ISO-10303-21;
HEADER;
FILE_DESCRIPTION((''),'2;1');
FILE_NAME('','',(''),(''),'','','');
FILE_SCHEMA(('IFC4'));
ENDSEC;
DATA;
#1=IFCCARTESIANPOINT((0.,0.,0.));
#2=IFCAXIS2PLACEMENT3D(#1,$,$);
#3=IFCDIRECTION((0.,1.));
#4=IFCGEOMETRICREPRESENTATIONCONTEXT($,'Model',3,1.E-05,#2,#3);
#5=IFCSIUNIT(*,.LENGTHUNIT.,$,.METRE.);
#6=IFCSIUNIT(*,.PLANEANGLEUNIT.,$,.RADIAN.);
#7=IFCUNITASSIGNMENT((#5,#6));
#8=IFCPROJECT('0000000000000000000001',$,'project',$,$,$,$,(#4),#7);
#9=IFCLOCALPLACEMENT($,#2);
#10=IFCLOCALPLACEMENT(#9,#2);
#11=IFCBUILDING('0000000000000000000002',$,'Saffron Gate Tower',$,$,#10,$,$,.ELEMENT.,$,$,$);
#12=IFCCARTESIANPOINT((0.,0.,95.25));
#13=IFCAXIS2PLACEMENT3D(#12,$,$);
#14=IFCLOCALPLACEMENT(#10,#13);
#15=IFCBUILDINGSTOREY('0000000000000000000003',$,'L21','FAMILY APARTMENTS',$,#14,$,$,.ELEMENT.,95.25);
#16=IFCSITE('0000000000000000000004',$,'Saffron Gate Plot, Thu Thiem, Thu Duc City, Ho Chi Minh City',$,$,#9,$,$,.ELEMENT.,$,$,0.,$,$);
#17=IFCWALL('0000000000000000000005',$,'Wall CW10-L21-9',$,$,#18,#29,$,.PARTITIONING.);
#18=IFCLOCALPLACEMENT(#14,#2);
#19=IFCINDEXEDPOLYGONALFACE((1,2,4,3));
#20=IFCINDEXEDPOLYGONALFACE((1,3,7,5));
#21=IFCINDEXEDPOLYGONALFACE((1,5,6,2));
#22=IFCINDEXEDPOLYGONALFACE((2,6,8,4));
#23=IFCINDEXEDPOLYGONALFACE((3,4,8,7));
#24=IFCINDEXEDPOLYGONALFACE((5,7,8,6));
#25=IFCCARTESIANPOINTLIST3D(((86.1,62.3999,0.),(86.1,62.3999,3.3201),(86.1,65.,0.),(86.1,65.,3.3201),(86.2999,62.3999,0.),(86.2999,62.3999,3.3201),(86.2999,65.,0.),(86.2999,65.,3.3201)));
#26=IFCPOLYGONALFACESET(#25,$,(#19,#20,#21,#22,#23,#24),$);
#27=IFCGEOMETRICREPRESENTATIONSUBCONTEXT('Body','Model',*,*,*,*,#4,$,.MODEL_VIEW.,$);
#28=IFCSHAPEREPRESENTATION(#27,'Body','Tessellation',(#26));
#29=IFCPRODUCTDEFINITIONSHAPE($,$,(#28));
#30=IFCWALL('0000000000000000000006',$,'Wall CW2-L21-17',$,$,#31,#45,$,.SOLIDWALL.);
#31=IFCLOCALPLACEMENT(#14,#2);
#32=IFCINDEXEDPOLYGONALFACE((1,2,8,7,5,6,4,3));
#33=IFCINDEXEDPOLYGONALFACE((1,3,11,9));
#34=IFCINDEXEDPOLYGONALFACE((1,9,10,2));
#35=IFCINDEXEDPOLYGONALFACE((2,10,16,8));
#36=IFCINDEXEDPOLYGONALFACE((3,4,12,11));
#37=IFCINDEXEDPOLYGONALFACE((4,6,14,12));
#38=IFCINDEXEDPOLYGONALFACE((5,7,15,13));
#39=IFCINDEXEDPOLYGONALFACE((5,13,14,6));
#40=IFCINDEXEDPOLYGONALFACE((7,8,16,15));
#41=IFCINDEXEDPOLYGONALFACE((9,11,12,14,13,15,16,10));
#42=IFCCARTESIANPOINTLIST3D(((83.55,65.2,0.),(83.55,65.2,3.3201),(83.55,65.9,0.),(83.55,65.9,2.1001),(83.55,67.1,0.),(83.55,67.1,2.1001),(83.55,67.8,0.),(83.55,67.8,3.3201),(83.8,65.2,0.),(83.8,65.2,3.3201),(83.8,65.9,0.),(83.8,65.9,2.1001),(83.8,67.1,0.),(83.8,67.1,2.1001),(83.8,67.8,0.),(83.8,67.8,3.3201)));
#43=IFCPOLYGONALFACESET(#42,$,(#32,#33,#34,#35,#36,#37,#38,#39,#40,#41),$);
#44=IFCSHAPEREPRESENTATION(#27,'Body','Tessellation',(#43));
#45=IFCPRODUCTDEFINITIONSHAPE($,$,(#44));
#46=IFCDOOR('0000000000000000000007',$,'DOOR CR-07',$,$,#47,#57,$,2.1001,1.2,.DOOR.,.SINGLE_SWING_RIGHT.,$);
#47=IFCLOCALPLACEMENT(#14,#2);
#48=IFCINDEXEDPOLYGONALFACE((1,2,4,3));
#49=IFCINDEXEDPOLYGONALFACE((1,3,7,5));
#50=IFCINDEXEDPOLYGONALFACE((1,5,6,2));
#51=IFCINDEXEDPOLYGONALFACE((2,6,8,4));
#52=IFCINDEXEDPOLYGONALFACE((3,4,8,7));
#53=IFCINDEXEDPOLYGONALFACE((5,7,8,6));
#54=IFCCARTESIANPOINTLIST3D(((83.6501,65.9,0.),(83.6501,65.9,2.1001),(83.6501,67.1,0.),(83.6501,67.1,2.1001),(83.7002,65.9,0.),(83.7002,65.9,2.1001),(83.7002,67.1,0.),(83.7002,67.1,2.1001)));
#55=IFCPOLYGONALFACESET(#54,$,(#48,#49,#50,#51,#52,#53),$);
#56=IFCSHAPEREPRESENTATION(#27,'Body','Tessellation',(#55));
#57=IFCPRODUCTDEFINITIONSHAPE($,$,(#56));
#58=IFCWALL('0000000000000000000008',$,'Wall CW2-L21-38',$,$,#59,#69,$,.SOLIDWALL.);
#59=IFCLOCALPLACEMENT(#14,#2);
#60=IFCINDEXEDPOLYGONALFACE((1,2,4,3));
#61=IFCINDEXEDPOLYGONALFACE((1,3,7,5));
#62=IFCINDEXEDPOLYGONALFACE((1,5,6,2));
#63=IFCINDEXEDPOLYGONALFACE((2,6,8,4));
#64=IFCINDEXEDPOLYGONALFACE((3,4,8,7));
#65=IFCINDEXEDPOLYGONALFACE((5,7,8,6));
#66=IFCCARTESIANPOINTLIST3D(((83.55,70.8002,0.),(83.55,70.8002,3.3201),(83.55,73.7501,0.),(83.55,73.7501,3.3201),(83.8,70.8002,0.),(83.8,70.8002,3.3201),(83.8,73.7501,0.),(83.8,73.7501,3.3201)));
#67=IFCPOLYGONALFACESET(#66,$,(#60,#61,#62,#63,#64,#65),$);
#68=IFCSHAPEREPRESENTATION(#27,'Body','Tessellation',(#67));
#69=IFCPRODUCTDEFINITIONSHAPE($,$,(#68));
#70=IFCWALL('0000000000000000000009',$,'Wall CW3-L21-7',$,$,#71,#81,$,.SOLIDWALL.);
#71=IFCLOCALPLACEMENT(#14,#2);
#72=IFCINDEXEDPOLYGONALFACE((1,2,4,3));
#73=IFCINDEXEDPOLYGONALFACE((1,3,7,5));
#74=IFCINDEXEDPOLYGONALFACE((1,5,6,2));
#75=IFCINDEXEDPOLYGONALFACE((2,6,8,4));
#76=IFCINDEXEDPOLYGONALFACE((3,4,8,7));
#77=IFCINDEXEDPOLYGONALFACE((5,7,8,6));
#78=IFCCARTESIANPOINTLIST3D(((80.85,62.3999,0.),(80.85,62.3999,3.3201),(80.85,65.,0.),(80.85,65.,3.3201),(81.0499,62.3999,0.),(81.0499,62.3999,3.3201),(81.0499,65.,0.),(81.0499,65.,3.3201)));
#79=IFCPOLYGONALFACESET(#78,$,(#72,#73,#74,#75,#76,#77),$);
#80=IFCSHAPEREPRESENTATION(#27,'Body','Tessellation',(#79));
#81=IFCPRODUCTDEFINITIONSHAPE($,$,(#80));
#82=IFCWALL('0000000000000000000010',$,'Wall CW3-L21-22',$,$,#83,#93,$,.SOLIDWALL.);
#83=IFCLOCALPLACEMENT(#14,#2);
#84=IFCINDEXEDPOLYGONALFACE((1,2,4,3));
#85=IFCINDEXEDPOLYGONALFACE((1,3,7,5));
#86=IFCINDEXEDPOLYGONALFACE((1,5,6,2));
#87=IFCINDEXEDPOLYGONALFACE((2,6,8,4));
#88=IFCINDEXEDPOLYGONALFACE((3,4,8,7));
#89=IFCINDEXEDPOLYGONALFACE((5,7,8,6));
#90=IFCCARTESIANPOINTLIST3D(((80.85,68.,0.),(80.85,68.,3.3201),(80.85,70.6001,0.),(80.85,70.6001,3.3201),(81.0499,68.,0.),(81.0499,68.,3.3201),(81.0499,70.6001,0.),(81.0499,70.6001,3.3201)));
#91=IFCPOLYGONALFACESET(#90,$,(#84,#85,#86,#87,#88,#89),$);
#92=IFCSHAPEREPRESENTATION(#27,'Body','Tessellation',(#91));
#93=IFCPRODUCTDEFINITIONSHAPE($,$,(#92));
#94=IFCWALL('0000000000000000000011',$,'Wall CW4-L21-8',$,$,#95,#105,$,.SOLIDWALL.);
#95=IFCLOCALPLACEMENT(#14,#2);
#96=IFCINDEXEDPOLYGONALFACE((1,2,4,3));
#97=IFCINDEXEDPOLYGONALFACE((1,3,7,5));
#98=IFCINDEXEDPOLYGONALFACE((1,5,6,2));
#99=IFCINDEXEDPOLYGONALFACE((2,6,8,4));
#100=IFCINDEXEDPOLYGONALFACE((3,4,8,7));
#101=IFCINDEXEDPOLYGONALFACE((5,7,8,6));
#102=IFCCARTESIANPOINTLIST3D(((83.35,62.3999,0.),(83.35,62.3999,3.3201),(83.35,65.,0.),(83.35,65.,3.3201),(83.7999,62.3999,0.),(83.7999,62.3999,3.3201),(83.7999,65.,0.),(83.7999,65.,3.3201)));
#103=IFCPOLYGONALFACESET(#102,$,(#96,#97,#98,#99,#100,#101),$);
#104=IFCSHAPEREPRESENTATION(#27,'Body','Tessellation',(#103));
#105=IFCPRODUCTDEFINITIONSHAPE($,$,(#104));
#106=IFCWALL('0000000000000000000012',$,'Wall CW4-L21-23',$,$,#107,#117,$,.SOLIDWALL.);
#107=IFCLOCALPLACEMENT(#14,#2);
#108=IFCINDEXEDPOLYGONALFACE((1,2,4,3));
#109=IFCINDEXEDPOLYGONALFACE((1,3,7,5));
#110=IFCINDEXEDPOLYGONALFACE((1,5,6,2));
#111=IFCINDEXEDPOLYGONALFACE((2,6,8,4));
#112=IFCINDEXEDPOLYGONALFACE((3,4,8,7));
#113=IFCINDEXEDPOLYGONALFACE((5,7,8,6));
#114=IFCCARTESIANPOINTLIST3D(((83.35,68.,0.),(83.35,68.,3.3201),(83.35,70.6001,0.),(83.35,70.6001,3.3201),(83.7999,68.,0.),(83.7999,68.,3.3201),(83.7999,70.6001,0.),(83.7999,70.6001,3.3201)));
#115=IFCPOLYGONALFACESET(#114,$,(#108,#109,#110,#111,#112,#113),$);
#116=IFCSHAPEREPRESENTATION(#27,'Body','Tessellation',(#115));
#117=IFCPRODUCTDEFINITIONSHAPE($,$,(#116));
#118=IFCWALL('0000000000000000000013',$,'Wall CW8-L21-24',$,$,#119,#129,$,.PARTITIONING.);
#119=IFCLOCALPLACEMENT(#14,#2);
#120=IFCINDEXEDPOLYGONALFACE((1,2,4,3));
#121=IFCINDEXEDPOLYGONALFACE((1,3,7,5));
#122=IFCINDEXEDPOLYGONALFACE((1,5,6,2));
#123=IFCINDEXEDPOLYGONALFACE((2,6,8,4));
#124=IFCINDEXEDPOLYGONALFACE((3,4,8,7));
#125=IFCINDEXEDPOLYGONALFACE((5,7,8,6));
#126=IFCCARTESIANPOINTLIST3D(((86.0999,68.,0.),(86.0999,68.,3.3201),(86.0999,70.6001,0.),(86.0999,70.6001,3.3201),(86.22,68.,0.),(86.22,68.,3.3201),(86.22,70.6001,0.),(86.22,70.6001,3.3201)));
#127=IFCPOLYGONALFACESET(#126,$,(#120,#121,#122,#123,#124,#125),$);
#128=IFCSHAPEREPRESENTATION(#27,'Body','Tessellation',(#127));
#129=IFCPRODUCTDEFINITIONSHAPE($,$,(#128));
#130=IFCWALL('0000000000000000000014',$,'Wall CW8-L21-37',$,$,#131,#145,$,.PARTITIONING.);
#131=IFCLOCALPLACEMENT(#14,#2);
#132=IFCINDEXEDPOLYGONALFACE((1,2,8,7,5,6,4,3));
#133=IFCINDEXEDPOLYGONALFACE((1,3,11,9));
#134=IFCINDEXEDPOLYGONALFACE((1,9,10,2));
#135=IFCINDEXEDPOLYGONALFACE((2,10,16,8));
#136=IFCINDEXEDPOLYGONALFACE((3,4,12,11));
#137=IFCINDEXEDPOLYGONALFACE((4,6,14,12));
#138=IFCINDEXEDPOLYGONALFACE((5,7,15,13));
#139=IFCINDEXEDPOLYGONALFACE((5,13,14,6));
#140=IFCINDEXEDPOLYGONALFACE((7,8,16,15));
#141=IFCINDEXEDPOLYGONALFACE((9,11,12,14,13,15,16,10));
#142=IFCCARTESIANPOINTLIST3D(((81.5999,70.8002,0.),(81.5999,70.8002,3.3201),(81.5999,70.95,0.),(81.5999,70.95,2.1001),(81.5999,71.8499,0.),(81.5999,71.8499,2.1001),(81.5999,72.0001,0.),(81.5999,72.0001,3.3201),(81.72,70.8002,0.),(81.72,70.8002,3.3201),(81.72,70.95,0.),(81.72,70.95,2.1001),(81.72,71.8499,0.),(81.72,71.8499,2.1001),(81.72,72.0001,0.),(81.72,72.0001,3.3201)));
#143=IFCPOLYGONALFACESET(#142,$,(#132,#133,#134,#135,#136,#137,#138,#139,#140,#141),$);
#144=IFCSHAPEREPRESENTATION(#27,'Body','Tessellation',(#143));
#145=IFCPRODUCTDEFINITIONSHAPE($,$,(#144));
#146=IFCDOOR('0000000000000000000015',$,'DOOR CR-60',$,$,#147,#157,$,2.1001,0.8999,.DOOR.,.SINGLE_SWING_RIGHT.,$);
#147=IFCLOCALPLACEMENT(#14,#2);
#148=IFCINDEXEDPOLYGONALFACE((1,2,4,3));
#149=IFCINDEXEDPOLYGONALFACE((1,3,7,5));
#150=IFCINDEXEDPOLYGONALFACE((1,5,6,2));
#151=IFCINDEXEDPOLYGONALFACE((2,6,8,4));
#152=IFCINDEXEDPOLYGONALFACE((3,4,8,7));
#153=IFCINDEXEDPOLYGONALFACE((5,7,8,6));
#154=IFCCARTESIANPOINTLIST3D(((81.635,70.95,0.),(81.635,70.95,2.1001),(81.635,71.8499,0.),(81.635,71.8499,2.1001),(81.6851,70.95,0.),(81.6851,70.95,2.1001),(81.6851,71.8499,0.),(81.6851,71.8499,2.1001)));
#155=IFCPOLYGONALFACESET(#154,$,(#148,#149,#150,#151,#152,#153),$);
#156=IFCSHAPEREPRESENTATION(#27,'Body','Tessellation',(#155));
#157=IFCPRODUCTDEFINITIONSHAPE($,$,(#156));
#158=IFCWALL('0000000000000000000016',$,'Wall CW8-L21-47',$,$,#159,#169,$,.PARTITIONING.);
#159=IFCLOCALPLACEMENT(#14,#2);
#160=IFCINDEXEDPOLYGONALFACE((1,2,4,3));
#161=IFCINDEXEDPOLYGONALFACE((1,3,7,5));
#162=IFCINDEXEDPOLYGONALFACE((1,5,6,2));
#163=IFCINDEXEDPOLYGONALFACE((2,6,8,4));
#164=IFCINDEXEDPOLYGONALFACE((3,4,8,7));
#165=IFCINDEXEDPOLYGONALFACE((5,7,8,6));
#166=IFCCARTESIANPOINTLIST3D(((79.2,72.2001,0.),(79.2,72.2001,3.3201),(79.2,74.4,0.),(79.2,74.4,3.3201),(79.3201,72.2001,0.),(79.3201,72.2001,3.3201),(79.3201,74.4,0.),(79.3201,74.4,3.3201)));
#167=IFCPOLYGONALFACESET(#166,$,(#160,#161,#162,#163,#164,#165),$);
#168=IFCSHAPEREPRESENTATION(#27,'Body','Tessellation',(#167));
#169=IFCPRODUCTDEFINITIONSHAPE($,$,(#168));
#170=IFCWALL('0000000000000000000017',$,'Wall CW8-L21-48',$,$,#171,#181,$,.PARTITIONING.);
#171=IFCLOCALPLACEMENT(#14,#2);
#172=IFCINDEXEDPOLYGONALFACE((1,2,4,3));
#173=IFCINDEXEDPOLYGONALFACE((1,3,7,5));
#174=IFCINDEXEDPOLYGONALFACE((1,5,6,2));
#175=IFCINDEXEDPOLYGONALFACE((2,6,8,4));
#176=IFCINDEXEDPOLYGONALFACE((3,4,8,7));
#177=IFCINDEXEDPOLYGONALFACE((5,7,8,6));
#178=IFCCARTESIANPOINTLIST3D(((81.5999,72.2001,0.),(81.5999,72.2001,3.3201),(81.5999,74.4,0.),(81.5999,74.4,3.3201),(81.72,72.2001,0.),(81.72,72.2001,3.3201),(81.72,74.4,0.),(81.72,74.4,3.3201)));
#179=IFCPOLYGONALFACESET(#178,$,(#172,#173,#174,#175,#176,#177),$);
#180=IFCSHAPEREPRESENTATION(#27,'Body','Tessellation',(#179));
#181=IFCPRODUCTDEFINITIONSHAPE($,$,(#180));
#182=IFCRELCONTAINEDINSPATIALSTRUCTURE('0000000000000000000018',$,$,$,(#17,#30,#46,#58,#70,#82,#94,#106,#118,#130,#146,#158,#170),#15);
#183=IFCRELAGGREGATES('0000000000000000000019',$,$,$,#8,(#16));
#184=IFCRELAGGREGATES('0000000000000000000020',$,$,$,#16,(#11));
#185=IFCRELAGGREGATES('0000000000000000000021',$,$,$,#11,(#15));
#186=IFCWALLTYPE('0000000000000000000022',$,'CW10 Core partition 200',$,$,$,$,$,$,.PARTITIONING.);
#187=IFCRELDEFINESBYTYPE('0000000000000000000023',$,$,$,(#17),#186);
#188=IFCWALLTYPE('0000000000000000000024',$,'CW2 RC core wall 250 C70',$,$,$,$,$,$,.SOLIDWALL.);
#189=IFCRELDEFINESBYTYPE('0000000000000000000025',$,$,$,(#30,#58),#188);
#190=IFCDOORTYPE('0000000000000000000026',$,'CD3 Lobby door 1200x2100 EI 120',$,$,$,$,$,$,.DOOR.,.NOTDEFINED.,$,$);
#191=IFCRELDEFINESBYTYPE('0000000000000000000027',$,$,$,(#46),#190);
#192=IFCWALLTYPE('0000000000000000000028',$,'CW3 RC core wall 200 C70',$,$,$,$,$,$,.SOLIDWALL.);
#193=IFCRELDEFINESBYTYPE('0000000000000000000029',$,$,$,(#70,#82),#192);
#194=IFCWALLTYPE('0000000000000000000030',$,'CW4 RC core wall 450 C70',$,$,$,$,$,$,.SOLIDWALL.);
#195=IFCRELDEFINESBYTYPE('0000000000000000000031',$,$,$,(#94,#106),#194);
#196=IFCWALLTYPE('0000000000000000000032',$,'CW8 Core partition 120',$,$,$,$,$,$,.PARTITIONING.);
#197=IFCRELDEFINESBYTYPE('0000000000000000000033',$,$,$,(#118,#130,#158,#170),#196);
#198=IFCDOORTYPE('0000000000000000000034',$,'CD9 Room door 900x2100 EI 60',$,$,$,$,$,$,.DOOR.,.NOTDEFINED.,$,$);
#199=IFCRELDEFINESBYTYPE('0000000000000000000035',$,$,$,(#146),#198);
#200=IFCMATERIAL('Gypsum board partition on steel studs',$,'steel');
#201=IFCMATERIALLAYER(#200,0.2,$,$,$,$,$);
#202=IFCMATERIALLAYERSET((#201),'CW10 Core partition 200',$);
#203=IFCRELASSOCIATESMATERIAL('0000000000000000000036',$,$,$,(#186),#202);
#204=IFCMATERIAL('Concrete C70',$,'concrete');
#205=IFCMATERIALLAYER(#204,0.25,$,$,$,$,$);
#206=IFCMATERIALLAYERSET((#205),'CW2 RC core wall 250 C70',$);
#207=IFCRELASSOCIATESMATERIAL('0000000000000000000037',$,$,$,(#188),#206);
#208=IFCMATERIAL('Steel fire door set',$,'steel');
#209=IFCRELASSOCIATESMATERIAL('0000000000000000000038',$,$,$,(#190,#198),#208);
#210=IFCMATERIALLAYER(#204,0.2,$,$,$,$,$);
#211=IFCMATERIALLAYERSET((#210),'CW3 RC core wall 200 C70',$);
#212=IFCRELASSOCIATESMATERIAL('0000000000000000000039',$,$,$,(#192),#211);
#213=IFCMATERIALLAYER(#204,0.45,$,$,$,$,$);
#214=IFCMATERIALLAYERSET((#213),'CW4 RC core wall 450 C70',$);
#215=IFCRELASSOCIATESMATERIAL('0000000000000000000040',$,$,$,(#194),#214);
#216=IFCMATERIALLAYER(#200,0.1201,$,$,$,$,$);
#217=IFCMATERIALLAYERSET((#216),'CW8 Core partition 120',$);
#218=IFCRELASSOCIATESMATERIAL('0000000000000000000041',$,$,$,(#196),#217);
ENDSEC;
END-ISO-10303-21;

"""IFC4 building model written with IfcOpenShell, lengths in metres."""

from ifc_helpers import new_model, si_unit, direction, frame, frame_2d, origin, place, context, subcontext, project, spatial, rectangle, extrude, material, layer, layer_set, type_object, element, fill, save


model = new_model("IFC4")

# Units and contexts
model_context = context("Model", 3, precision=1e-05, world=origin(), true_north=direction((0.0, 1.0)))
body_context = subcontext(model_context, "Body", "Model", "MODEL_VIEW")
ifc_project = project(units=[si_unit("LENGTHUNIT", "METRE"), si_unit("PLANEANGLEUNIT", "RADIAN")], contexts=[model_context])

# Site, building, storey
site_placement = place(None, origin())
site = spatial("IfcSite", under=ifc_project, at=site_placement, Name="Saffron Gate Plot, Thu Thiem, Thu Duc City, Ho Chi Minh City", CompositionType="ELEMENT", RefElevation=0.0)
building_placement = place(site_placement, origin())
building = spatial("IfcBuilding", under=site, at=building_placement, Name="Saffron Gate Tower", CompositionType="ELEMENT")
storey_placement = place(building_placement, frame((0.0, 0.0, 95.25)))
storey = spatial("IfcBuildingStorey", under=building, at=storey_placement, Name="L21", Description="FAMILY APARTMENTS", CompositionType="ELEMENT", Elevation=95.25)

# Wall
ifc_material_1 = material(Name="Gypsum board partition on steel studs", Category="steel")
ifc_layer_1 = layer(ifc_material_1, 0.2)
ifc_layer_set_1 = layer_set([ifc_layer_1], Name="CW10 Core partition 200")
wall_type_1 = type_object("IfcWallType", Name="CW10 Core partition 200", PredefinedType="PARTITIONING", material=ifc_layer_set_1)
wall_1_placement = place(storey_placement, frame((86.2, 62.3999, 0.0), z_axis=(0.0, 0.0, 1.0), x_axis=(0.0, 1.0, 0.0)))
element("IfcWall", 1, at=wall_1_placement, inside=storey, type_object=wall_type_1, Name="Wall CW10-L21-9", PredefinedType="PARTITIONING", context=body_context, shape_type="SweptSolid", body=[
    extrude(rectangle(XDim=2.6001, YDim=0.2, at=frame_2d((1.3, 0.0))), origin(), (0.0, 0.0, 1.0), 3.3201),
])

# Wall, opening, door
ifc_material_2 = material(Name="Concrete C70", Category="concrete")
ifc_layer_2 = layer(ifc_material_2, 0.25)
ifc_layer_set_2 = layer_set([ifc_layer_2], Name="CW2 RC core wall 250 C70")
wall_type_2 = type_object("IfcWallType", Name="CW2 RC core wall 250 C70", PredefinedType="SOLIDWALL", material=ifc_layer_set_2)
wall_2_placement = place(storey_placement, frame((83.675, 65.2, 0.0), z_axis=(0.0, 0.0, 1.0), x_axis=(0.0, 1.0, 0.0)))
wall_2 = element("IfcWall", 2, at=wall_2_placement, inside=storey, type_object=wall_type_2, Name="Wall CW2-L21-17", PredefinedType="SOLIDWALL", context=body_context, shape_type="SweptSolid", body=[
    extrude(rectangle(XDim=2.6001, YDim=0.25, at=frame_2d((1.3, 0.0))), origin(), (0.0, 0.0, 1.0), 3.3201),
])
opening_1_placement = place(wall_2_placement, frame((0.7, 0.0, 0.0)))
opening_1 = element("IfcOpeningElement", 3, at=opening_1_placement, cuts=wall_2, PredefinedType="OPENING", context=body_context, shape_type="SweptSolid", body=[
    extrude(rectangle(XDim=1.2, YDim=2.1001, at=frame_2d((0.6001, 1.05))), frame((0.0, 0.135, 0.0), z_axis=(0.0, -1.0, 0.0), x_axis=(1.0, 0.0, 0.0)), (0.0, 0.0, 1.0), 0.27),
])
ifc_material_3 = material(Name="Steel fire door set", Category="steel")
door_type_1 = type_object("IfcDoorType", Name="CD3 Lobby door 1200x2100 EI 120", OperationType="NOTDEFINED", PredefinedType="DOOR", material=ifc_material_3)
door_1_placement = place(opening_1_placement, origin())
door_1 = element("IfcDoor", 4, at=door_1_placement, inside=storey, type_object=door_type_1, Name="DOOR CR-07", OperationType="SINGLE_SWING_RIGHT", OverallHeight=2.1001, OverallWidth=1.2, PredefinedType="DOOR", context=body_context, shape_type="SweptSolid", body=[
    extrude(rectangle(XDim=1.2, YDim=2.1001, at=frame_2d((0.6001, 1.05))), frame((0.0, 0.0249, 0.0), z_axis=(0.0, -1.0, 0.0), x_axis=(1.0, 0.0, 0.0)), (0.0, 0.0, 1.0), 0.05),
])
fill(opening_1, door_1)

# Walls
wall_3_placement = place(storey_placement, frame((83.675, 70.8, 0.0), z_axis=(0.0, 0.0, 1.0), x_axis=(0.0, 1.0, 0.0)))
element("IfcWall", 5, at=wall_3_placement, inside=storey, type_object=wall_type_2, Name="Wall CW2-L21-38", PredefinedType="SOLIDWALL", context=body_context, shape_type="SweptSolid", body=[
    extrude(rectangle(XDim=2.95, YDim=0.25, at=frame_2d((1.4751, 0.0))), origin(), (0.0, 0.0, 1.0), 3.3201),
])
ifc_layer_3 = layer(ifc_material_2, 0.2)
ifc_layer_set_3 = layer_set([ifc_layer_3], Name="CW3 RC core wall 200 C70")
wall_type_3 = type_object("IfcWallType", Name="CW3 RC core wall 200 C70", PredefinedType="SOLIDWALL", material=ifc_layer_set_3)
for number, where, z_axis, x_axis, name in (
    (6, (80.95, 62.3999, 0.0), (0.0, 0.0, 1.0), (0.0, 1.0, 0.0), "Wall CW3-L21-7"),
    (7, (80.95, 68.0, 0.0), (0.0, 0.0, 1.0), (0.0, 1.0, 0.0), "Wall CW3-L21-22"),
):
    element("IfcWall", number, at=place(storey_placement, frame(where, z_axis=z_axis, x_axis=x_axis)), inside=storey, type_object=wall_type_3, Name=name, PredefinedType="SOLIDWALL", context=body_context, shape_type="SweptSolid", body=[
        extrude(rectangle(XDim=2.6001, YDim=0.2, at=frame_2d((1.3, 0.0))), origin(), (0.0, 0.0, 1.0), 3.3201),
    ])
ifc_layer_4 = layer(ifc_material_2, 0.45)
ifc_layer_set_4 = layer_set([ifc_layer_4], Name="CW4 RC core wall 450 C70")
wall_type_4 = type_object("IfcWallType", Name="CW4 RC core wall 450 C70", PredefinedType="SOLIDWALL", material=ifc_layer_set_4)
for number, where, z_axis, x_axis, name in (
    (8, (83.575, 62.3999, 0.0), (0.0, 0.0, 1.0), (0.0, 1.0, 0.0), "Wall CW4-L21-8"),
    (9, (83.575, 68.0, 0.0), (0.0, 0.0, 1.0), (0.0, 1.0, 0.0), "Wall CW4-L21-23"),
):
    element("IfcWall", number, at=place(storey_placement, frame(where, z_axis=z_axis, x_axis=x_axis)), inside=storey, type_object=wall_type_4, Name=name, PredefinedType="SOLIDWALL", context=body_context, shape_type="SweptSolid", body=[
        extrude(rectangle(XDim=2.6001, YDim=0.45, at=frame_2d((1.3, 0.0))), origin(), (0.0, 0.0, 1.0), 3.3201),
    ])
ifc_layer_5 = layer(ifc_material_1, 0.1201)
ifc_layer_set_5 = layer_set([ifc_layer_5], Name="CW8 Core partition 120")
wall_type_5 = type_object("IfcWallType", Name="CW8 Core partition 120", PredefinedType="PARTITIONING", material=ifc_layer_set_5)
wall_4_placement = place(storey_placement, frame((86.1599, 68.0, 0.0), z_axis=(0.0, 0.0, 1.0), x_axis=(0.0, 1.0, 0.0)))
element("IfcWall", 10, at=wall_4_placement, inside=storey, type_object=wall_type_5, Name="Wall CW8-L21-24", PredefinedType="PARTITIONING", context=body_context, shape_type="SweptSolid", body=[
    extrude(rectangle(XDim=2.6001, YDim=0.1201, at=frame_2d((1.3, 0.0))), origin(), (0.0, 0.0, 1.0), 3.3201),
])

# Wall, opening, door
wall_5_placement = place(storey_placement, frame((81.6599, 70.8, 0.0), z_axis=(0.0, 0.0, 1.0), x_axis=(0.0, 1.0, 0.0)))
wall_5 = element("IfcWall", 11, at=wall_5_placement, inside=storey, type_object=wall_type_5, Name="Wall CW8-L21-37", PredefinedType="PARTITIONING", context=body_context, shape_type="SweptSolid", body=[
    extrude(rectangle(XDim=1.2, YDim=0.1201, at=frame_2d((0.6001, 0.0))), origin(), (0.0, 0.0, 1.0), 3.3201),
])
opening_2_placement = place(wall_5_placement, frame((0.1499, 0.0, 0.0)))
opening_2 = element("IfcOpeningElement", 12, at=opening_2_placement, cuts=wall_5, PredefinedType="OPENING", context=body_context, shape_type="SweptSolid", body=[
    extrude(rectangle(XDim=0.8999, YDim=2.1001, at=frame_2d((0.45, 1.05))), frame((0.0, 0.0701, 0.0), z_axis=(0.0, -1.0, 0.0), x_axis=(1.0, 0.0, 0.0)), (0.0, 0.0, 1.0), 0.1401),
])
door_type_2 = type_object("IfcDoorType", Name="CD9 Room door 900x2100 EI 60", OperationType="NOTDEFINED", PredefinedType="DOOR", material=ifc_material_3)
door_2_placement = place(opening_2_placement, origin())
door_2 = element("IfcDoor", 13, at=door_2_placement, inside=storey, type_object=door_type_2, Name="DOOR CR-60", OperationType="SINGLE_SWING_RIGHT", OverallHeight=2.1001, OverallWidth=0.8999, PredefinedType="DOOR", context=body_context, shape_type="SweptSolid", body=[
    extrude(rectangle(XDim=0.8999, YDim=2.1001, at=frame_2d((0.45, 1.05))), frame((0.0, 0.0249, 0.0), z_axis=(0.0, -1.0, 0.0), x_axis=(1.0, 0.0, 0.0)), (0.0, 0.0, 1.0), 0.05),
])
fill(opening_2, door_2)

# Walls
for number, where, z_axis, x_axis, name in (
    (14, (79.26, 72.2, 0.0), (0.0, 0.0, 1.0), (0.0, 1.0, 0.0), "Wall CW8-L21-47"),
    (15, (81.6599, 72.2, 0.0), (0.0, 0.0, 1.0), (0.0, 1.0, 0.0), "Wall CW8-L21-48"),
):
    element("IfcWall", number, at=place(storey_placement, frame(where, z_axis=z_axis, x_axis=x_axis)), inside=storey, type_object=wall_type_5, Name=name, PredefinedType="PARTITIONING", context=body_context, shape_type="SweptSolid", body=[
        extrude(rectangle(XDim=2.2, YDim=0.1201, at=frame_2d((1.1001, 0.0))), origin(), (0.0, 0.0, 1.0), 3.3201),
    ])

save(model, "model.ifc")
